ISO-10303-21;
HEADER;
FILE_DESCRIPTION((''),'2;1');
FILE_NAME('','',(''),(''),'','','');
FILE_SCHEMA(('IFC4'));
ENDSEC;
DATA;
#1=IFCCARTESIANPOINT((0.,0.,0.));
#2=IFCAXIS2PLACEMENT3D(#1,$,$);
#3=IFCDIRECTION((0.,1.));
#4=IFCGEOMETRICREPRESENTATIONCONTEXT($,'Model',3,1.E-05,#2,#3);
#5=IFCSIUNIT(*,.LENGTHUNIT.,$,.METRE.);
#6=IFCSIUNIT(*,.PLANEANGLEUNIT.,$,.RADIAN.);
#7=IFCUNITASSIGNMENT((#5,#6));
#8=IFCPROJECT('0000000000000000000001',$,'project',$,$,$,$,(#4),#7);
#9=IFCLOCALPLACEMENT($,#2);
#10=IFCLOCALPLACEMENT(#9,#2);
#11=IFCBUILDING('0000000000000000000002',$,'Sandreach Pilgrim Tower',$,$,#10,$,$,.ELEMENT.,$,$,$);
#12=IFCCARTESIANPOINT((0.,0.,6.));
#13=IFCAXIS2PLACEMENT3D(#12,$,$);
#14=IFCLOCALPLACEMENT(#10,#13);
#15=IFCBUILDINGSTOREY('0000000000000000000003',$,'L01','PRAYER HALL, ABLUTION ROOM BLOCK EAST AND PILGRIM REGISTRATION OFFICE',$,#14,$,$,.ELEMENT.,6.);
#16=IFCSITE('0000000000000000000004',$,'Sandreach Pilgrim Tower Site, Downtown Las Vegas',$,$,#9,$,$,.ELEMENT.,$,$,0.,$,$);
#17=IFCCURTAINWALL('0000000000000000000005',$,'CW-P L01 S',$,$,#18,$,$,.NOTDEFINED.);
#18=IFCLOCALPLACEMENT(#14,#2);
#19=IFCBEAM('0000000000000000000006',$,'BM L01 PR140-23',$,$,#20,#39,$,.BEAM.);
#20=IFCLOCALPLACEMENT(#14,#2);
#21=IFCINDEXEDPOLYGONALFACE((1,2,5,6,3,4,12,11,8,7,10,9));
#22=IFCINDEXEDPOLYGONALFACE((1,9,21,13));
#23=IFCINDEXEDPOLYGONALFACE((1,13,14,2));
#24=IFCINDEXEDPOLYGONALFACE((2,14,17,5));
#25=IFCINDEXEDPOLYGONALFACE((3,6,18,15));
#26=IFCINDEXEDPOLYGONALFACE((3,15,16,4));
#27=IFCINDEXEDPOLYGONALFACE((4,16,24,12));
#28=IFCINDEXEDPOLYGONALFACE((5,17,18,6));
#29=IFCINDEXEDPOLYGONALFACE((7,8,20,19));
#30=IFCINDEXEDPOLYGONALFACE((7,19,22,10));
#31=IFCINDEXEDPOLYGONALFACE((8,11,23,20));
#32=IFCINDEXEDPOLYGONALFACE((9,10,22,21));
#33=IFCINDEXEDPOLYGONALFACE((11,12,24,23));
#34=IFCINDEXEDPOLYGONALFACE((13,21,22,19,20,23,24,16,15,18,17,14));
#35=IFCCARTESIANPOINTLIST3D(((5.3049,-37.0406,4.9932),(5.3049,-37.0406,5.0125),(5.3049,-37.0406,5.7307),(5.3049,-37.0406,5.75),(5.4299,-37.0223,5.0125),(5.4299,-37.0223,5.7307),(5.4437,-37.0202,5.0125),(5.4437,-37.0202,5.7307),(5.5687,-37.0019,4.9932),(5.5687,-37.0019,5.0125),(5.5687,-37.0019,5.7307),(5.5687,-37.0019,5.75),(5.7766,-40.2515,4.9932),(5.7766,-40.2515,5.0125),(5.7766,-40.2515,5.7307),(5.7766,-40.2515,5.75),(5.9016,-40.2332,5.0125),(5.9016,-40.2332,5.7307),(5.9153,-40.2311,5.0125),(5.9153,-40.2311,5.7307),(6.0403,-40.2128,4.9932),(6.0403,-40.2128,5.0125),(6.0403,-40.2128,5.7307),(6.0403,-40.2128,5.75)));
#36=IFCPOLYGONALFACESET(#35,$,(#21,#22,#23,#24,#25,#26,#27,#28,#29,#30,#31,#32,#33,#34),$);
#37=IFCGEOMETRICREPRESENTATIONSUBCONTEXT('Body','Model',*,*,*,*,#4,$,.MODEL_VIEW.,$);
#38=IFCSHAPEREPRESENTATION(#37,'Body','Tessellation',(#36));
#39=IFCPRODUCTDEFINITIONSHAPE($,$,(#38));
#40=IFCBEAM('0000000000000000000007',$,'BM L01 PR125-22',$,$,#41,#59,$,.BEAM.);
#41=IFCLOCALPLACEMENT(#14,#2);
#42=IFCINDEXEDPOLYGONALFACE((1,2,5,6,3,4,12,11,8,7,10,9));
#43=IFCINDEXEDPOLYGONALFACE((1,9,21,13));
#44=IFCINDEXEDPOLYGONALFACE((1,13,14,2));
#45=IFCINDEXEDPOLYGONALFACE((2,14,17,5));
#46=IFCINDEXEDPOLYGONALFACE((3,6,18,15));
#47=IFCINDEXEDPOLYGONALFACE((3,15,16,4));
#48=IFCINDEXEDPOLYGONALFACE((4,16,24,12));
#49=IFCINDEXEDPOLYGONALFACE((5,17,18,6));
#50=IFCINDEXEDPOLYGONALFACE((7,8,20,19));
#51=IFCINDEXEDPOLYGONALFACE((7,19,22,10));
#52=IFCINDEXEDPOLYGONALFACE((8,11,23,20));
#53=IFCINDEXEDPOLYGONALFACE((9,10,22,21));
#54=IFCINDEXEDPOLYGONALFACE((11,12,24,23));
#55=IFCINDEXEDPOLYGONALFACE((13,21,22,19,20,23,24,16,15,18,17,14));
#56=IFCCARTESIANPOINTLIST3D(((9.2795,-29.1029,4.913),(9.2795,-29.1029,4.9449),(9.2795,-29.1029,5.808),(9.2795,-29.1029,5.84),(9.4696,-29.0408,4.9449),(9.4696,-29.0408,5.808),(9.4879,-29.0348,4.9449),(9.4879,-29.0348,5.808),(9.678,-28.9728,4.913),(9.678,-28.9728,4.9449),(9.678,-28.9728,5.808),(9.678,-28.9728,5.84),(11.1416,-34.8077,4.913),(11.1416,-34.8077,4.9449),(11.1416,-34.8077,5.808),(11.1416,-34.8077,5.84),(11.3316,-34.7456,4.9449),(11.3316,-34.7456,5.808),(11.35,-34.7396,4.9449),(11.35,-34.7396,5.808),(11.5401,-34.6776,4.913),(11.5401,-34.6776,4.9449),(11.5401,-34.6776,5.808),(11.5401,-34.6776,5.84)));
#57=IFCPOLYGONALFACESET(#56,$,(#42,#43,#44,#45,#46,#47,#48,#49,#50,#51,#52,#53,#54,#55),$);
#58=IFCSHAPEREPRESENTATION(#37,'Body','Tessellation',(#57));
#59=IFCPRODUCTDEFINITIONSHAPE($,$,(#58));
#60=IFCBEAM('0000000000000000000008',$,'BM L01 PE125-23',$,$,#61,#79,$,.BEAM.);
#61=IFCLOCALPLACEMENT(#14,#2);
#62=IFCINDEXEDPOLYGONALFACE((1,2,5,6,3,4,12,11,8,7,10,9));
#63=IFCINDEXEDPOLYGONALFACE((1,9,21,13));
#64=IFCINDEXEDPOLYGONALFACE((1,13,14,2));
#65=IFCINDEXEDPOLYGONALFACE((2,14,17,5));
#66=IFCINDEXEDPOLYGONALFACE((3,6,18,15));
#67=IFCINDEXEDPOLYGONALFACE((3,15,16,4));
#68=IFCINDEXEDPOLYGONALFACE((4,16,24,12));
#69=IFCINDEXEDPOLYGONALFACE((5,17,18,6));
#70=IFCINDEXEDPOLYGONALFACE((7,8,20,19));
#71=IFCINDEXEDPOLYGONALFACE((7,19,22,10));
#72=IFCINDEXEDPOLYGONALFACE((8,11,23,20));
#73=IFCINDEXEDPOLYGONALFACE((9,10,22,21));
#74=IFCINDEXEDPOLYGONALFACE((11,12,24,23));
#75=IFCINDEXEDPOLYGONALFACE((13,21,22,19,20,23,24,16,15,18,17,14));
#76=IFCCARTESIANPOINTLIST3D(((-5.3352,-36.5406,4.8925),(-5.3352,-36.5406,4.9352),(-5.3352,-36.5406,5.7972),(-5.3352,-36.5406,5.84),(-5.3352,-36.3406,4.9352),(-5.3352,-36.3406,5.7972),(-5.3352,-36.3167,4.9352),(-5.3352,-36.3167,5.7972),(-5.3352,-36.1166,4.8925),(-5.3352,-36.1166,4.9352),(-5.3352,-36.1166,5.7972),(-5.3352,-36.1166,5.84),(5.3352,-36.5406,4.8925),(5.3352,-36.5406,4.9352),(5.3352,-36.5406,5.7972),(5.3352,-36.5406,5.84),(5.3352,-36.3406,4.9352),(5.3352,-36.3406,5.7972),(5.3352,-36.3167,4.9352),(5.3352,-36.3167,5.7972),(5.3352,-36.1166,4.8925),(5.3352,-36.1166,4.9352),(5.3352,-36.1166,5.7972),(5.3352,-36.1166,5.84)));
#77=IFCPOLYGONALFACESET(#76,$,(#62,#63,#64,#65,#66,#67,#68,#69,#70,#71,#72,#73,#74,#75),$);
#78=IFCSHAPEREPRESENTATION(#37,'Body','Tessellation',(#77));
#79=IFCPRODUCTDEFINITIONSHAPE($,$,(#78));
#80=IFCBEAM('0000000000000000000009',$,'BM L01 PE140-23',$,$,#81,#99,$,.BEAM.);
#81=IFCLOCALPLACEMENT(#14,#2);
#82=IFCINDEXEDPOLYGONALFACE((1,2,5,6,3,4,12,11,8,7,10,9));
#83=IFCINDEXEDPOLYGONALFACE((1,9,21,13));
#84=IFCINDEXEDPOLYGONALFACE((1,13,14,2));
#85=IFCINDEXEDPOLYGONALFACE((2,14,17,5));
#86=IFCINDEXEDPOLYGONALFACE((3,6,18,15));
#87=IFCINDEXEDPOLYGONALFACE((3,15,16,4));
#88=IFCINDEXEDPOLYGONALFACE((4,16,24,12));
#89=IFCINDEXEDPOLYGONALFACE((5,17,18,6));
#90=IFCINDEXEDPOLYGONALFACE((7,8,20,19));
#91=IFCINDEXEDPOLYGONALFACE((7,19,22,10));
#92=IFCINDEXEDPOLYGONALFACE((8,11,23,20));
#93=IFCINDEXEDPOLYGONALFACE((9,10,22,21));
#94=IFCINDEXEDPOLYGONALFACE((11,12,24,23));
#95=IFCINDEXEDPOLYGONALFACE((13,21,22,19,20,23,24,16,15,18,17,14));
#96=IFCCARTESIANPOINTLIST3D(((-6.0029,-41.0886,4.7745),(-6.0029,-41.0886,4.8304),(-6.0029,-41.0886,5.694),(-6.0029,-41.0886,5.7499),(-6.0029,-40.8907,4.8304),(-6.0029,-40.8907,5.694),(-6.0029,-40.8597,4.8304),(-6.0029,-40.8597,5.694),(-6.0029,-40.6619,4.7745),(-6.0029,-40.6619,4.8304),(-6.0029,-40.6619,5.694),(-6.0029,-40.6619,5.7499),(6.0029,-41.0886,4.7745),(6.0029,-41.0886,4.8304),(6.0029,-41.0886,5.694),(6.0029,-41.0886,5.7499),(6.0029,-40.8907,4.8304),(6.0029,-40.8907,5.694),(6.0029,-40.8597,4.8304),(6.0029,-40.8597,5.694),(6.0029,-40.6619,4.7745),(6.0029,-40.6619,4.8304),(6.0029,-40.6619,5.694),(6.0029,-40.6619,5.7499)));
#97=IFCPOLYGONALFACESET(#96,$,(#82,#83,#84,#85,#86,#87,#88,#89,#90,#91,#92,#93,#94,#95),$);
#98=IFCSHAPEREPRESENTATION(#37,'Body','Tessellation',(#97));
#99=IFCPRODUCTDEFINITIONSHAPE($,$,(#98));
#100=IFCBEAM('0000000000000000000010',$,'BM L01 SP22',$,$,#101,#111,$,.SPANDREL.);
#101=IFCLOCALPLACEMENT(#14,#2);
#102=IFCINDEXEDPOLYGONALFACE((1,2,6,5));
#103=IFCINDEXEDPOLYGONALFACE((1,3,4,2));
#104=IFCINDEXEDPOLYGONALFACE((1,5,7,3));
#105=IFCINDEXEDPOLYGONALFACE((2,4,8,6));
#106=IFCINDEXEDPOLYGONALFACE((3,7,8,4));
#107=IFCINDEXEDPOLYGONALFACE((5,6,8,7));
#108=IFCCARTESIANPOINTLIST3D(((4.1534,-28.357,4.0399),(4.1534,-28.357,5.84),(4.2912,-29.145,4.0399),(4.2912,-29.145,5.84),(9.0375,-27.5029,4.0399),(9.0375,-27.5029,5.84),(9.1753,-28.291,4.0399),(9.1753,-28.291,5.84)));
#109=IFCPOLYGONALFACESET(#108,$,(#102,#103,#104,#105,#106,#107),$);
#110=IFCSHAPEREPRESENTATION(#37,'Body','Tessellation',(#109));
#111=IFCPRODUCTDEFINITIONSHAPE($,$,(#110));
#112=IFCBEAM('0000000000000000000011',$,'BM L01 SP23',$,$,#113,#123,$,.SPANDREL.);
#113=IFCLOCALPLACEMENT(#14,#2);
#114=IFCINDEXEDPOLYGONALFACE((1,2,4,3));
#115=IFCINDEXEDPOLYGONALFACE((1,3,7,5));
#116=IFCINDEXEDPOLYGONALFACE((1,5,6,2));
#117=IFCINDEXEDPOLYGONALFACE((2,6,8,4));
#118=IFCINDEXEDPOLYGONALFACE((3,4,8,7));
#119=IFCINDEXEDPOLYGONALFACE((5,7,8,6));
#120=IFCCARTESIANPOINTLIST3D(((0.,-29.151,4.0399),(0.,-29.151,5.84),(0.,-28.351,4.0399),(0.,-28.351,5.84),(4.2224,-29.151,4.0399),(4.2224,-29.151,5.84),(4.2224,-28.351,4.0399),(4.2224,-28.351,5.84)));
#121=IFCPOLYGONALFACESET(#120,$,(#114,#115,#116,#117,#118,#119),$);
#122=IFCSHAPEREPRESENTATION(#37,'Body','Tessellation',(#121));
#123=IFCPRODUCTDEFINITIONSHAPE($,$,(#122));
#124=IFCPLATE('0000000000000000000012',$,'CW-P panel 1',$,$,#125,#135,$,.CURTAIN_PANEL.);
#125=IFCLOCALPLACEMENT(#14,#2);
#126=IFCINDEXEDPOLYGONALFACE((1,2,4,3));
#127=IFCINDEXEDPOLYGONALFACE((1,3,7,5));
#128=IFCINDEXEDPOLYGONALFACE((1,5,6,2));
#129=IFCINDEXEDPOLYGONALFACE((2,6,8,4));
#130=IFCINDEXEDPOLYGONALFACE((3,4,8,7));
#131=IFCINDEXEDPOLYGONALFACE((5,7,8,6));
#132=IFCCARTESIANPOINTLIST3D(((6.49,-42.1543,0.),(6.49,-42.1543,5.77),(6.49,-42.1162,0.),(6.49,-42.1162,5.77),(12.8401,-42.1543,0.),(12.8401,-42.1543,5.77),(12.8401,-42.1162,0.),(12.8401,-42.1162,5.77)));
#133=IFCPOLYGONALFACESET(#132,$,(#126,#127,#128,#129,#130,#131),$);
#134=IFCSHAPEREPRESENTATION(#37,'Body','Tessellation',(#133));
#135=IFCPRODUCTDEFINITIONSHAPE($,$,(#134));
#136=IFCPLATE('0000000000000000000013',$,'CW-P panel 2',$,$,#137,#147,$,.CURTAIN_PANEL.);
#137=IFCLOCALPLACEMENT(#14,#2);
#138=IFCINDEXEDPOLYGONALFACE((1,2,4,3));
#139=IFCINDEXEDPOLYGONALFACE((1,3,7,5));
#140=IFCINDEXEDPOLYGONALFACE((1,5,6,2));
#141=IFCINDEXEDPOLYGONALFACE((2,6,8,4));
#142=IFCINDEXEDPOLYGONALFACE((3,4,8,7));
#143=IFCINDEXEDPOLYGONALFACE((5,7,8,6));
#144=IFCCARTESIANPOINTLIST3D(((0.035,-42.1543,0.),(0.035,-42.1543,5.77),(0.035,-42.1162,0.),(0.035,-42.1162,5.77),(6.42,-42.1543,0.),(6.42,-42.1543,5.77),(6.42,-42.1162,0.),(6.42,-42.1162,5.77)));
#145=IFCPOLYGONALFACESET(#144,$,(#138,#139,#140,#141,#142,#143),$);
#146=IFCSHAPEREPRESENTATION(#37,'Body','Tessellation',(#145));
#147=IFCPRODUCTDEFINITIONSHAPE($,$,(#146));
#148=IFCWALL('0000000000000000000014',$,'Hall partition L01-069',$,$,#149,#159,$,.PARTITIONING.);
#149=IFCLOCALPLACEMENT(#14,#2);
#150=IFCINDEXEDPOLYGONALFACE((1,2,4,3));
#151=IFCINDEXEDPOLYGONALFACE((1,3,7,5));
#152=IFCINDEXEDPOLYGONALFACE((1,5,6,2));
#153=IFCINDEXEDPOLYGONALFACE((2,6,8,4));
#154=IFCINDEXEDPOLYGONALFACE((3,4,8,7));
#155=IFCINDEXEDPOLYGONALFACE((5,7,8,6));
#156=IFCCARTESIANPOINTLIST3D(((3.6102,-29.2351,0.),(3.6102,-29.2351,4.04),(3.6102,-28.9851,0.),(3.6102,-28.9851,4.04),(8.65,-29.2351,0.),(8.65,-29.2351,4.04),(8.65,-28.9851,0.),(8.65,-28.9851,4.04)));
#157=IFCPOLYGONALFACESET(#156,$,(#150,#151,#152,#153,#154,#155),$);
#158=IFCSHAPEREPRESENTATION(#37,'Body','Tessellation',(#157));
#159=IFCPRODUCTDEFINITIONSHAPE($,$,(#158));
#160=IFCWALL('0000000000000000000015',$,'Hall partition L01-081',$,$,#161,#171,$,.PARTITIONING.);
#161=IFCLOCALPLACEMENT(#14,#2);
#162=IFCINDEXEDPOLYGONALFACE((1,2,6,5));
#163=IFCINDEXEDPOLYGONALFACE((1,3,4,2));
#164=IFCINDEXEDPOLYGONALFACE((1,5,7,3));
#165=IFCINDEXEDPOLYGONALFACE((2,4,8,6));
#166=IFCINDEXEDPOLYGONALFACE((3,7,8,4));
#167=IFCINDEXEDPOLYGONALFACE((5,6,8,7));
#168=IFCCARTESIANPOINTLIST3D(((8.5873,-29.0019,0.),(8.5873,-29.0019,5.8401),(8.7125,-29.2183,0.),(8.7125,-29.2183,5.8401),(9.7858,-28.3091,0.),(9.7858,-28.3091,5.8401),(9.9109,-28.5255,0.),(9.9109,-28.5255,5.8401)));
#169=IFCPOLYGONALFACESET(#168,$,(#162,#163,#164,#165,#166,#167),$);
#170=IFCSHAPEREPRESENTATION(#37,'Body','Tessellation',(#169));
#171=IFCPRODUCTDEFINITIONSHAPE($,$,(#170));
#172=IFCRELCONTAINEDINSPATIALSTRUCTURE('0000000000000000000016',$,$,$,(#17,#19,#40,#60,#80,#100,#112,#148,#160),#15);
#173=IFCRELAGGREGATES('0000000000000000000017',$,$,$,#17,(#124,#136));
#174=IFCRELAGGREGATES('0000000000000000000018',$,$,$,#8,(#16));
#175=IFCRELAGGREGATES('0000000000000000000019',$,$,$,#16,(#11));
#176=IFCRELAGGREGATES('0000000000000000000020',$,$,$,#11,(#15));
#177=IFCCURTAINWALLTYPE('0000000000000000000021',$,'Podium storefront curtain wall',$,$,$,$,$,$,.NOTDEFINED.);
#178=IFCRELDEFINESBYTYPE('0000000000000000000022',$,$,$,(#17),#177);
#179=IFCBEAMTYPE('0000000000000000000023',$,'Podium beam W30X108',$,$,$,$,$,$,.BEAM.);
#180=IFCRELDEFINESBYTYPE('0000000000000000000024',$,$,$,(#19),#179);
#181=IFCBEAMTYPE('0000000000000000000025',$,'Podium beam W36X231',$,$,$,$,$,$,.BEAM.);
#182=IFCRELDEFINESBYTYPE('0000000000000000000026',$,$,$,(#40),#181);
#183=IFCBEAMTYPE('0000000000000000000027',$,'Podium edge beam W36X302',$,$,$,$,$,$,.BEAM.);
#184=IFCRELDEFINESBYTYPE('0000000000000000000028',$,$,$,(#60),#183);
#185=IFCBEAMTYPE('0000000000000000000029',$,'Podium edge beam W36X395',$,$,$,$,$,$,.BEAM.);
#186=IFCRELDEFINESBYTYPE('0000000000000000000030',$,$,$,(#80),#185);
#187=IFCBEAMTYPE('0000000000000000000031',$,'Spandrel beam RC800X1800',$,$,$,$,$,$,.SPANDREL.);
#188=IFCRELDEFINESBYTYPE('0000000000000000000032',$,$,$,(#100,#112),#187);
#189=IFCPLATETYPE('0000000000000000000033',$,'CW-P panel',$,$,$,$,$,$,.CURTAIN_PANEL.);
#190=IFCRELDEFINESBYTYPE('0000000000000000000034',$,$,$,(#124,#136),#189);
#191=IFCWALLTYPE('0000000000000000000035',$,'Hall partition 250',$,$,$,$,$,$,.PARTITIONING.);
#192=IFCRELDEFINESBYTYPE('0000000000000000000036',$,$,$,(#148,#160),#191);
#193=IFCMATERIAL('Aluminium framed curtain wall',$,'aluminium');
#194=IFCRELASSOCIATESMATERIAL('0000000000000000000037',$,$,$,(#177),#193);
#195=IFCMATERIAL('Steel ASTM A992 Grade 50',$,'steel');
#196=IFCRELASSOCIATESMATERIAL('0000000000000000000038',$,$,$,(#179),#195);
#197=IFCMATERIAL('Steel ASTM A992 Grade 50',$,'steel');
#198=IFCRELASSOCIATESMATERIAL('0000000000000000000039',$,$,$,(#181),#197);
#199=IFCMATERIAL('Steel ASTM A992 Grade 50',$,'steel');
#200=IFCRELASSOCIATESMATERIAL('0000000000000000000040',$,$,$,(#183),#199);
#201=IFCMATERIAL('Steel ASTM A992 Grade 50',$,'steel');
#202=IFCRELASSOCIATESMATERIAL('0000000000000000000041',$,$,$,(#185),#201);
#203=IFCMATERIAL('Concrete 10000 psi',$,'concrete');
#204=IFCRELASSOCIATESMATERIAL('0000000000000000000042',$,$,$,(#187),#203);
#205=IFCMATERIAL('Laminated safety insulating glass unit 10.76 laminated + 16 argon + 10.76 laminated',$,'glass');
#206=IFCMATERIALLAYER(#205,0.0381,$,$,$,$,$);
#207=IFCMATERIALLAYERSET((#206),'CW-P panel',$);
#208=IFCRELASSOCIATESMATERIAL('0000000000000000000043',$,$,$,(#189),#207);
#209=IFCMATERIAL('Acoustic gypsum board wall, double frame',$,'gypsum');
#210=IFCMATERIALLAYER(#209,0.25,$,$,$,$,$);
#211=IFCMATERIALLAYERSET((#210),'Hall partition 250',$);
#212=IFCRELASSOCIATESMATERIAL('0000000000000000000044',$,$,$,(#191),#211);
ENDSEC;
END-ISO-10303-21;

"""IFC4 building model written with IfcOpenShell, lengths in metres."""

from ifc_helpers import new_model, si_unit, direction, frame, frame_2d, origin, origin_2d, place, context, subcontext, project, spatial, rectangle, i_section, extrude, material, layer, layer_set, material_profile, profile_set, type_object, element, aggregate, save


model = new_model("IFC4")

# Units and contexts
model_context = context("Model", 3, precision=1e-05, world=origin(), true_north=direction((0.0, 1.0)))
body_context = subcontext(model_context, "Body", "Model", "MODEL_VIEW")
ifc_project = project(units=[si_unit("LENGTHUNIT", "METRE"), si_unit("PLANEANGLEUNIT", "RADIAN")], contexts=[model_context])

# Site, building, storey
site_placement = place(None, origin())
site = spatial("IfcSite", under=ifc_project, at=site_placement, Name="Sandreach Pilgrim Tower Site, Downtown Las Vegas", CompositionType="ELEMENT", RefElevation=0.0)
building_placement = place(site_placement, origin())
building = spatial("IfcBuilding", under=site, at=building_placement, Name="Sandreach Pilgrim Tower", CompositionType="ELEMENT")
storey_placement = place(building_placement, frame((0.0, 0.0, 6.0)))
storey = spatial("IfcBuildingStorey", under=building, at=storey_placement, Name="L01", Description="PRAYER HALL, ABLUTION ROOM BLOCK EAST AND PILGRIM REGISTRATION OFFICE", CompositionType="ELEMENT", Elevation=6.0)

# Curtain wall
ifc_material_1 = material(Name="Aluminium framed curtain wall", Category="aluminium")
curtain_wall_type = type_object("IfcCurtainWallType", Name="Podium storefront curtain wall", PredefinedType="NOTDEFINED", material=ifc_material_1)
curtain_wall_placement = place(storey_placement, origin())
curtain_wall = element("IfcCurtainWall", 1, at=curtain_wall_placement, inside=storey, type_object=curtain_wall_type, Name="CW-P L01 S", PredefinedType="NOTDEFINED")

# Beams
ifc_material_2 = material(Name="Steel ASTM A992 Grade 50", Category="steel")
ifc_material_profile_1 = material_profile(ifc_material_2, i_section(OverallWidth=0.2666, OverallDepth=0.7568, WebThickness=0.0139, FlangeThickness=0.0193, at=origin_2d()), Name="W30X108")
ifc_profile_set_1 = profile_set([ifc_material_profile_1], Name="Steel ASTM A992 Grade 50")
beam_type_1 = type_object("IfcBeamType", Name="Podium beam W30X108", PredefinedType="BEAM", material=ifc_profile_set_1)
beam_1_placement = place(storey_placement, frame((5.4368, -37.0212, 5.3716), z_axis=(0.145338, -0.989382, 0.0), x_axis=(0.989382, 0.145338, 0.0)))
element("IfcBeam", 2, at=beam_1_placement, inside=storey, type_object=beam_type_1, Name="BM L01 PR140-23", PredefinedType="BEAM", context=body_context, shape_type="SweptSolid", body=[
    extrude(i_section(OverallWidth=0.2666, OverallDepth=0.7568, WebThickness=0.0139, FlangeThickness=0.0193, at=origin_2d()), origin(), (0.0, 0.0, 1.0), 3.2454),
])
ifc_material_3 = material(Name="Steel ASTM A992 Grade 50", Category="steel")
ifc_material_profile_2 = material_profile(ifc_material_3, i_section(OverallWidth=0.4192, OverallDepth=0.927, WebThickness=0.0193, FlangeThickness=0.032, at=origin_2d()), Name="W36X231")
ifc_profile_set_2 = profile_set([ifc_material_profile_2], Name="Steel ASTM A992 Grade 50")
beam_type_2 = type_object("IfcBeamType", Name="Podium beam W36X231", PredefinedType="BEAM", material=ifc_profile_set_2)
beam_2_placement = place(storey_placement, frame((9.4788, -29.0378, 5.3765), z_axis=(0.31029, -0.950642, 0.0), x_axis=(0.950642, 0.31029, 0.0)))
element("IfcBeam", 3, at=beam_2_placement, inside=storey, type_object=beam_type_2, Name="BM L01 PR125-22", PredefinedType="BEAM", context=body_context, shape_type="SweptSolid", body=[
    extrude(i_section(OverallWidth=0.4192, OverallDepth=0.927, WebThickness=0.0193, FlangeThickness=0.032, at=origin_2d()), origin(), (0.0, 0.0, 1.0), 6.001),
])
ifc_material_4 = material(Name="Steel ASTM A992 Grade 50", Category="steel")
ifc_material_profile_3 = material_profile(ifc_material_4, i_section(OverallWidth=0.4241, OverallDepth=0.9475, WebThickness=0.0239, FlangeThickness=0.0427, at=origin_2d()), Name="W36X302")
ifc_profile_set_3 = profile_set([ifc_material_profile_3], Name="Steel ASTM A992 Grade 50")
beam_type_3 = type_object("IfcBeamType", Name="Podium edge beam W36X302", PredefinedType="BEAM", material=ifc_profile_set_3)
beam_3_placement = place(storey_placement, frame((5.3352, -36.3286, 5.3662), z_axis=(-1.0, 0.0, 0.0), x_axis=(0.0, -1.0, 0.0)))
element("IfcBeam", 4, at=beam_3_placement, inside=storey, type_object=beam_type_3, Name="BM L01 PE125-23", PredefinedType="BEAM", context=body_context, shape_type="SweptSolid", body=[
    extrude(i_section(OverallWidth=0.4241, OverallDepth=0.9475, WebThickness=0.0239, FlangeThickness=0.0427, at=origin_2d()), origin(), (0.0, 0.0, 1.0), 10.6704),
])
ifc_material_5 = material(Name="Steel ASTM A992 Grade 50", Category="steel")
ifc_material_profile_4 = material_profile(ifc_material_5, i_section(OverallWidth=0.4268, OverallDepth=0.9753, WebThickness=0.031, FlangeThickness=0.0559, at=origin_2d()), Name="W36X395")
ifc_profile_set_4 = profile_set([ifc_material_profile_4], Name="Steel ASTM A992 Grade 50")
beam_type_4 = type_object("IfcBeamType", Name="Podium edge beam W36X395", PredefinedType="BEAM", material=ifc_profile_set_4)
beam_4_placement = place(storey_placement, frame((6.0029, -40.8752, 5.2622), z_axis=(-1.0, 0.0, 0.0), x_axis=(0.0, -1.0, 0.0)))
element("IfcBeam", 5, at=beam_4_placement, inside=storey, type_object=beam_type_4, Name="BM L01 PE140-23", PredefinedType="BEAM", context=body_context, shape_type="SweptSolid", body=[
    extrude(i_section(OverallWidth=0.4268, OverallDepth=0.9753, WebThickness=0.031, FlangeThickness=0.0559, at=origin_2d()), origin(), (0.0, 0.0, 1.0), 12.0059),
])
ifc_material_6 = material(Name="Concrete 10000 psi", Category="concrete")
ifc_material_profile_5 = material_profile(ifc_material_6, rectangle(XDim=0.8, YDim=1.8, at=origin_2d()), Name="RC800X1800")
ifc_profile_set_5 = profile_set([ifc_material_profile_5], Name="Concrete 10000 psi")
beam_type_5 = type_object("IfcBeamType", Name="Spandrel beam RC800X1800", PredefinedType="SPANDREL", material=ifc_profile_set_5)
beam_5_placement = place(storey_placement, frame((9.1064, -27.897, 4.9399), z_axis=(-0.985054, -0.172243, 0.0), x_axis=(0.172243, -0.985054, 0.0)))
element("IfcBeam", 6, at=beam_5_placement, inside=storey, type_object=beam_type_5, Name="BM L01 SP22", PredefinedType="SPANDREL", context=body_context, shape_type="SweptSolid", body=[
    extrude(rectangle(XDim=0.8, YDim=1.8, at=origin_2d()), origin(), (0.0, 0.0, 1.0), 4.9583),
])
beam_6_placement = place(storey_placement, frame((4.2224, -28.751, 4.9399), z_axis=(-1.0, 0.0, 0.0), x_axis=(0.0, -1.0, 0.0)))
element("IfcBeam", 7, at=beam_6_placement, inside=storey, type_object=beam_type_5, Name="BM L01 SP23", PredefinedType="SPANDREL", context=body_context, shape_type="SweptSolid", body=[
    extrude(rectangle(XDim=0.8, YDim=1.8, at=origin_2d()), origin(), (0.0, 0.0, 1.0), 4.2224),
])

# Plates
ifc_material_7 = material(Name="Laminated safety insulating glass unit 10.76 laminated + 16 argon + 10.76 laminated", Category="glass")
ifc_layer_1 = layer(ifc_material_7, 0.0381)
ifc_layer_set_1 = layer_set([ifc_layer_1], Name="CW-P panel")
plate_type = type_object("IfcPlateType", Name="CW-P panel", PredefinedType="CURTAIN_PANEL", material=ifc_layer_set_1)
plate_1_placement = place(storey_placement, frame((9.665, -42.1353, 0.0), z_axis=(0.0, 0.0, 1.0), x_axis=(-1.0, 0.0, 0.0)))
plate_1 = element("IfcPlate", 8, at=plate_1_placement, type_object=plate_type, Name="CW-P panel 1", PredefinedType="CURTAIN_PANEL", context=body_context, shape_type="SweptSolid", body=[
    extrude(rectangle(XDim=6.3501, YDim=0.0381, at=origin_2d()), origin(), (0.0, 0.0, 1.0), 5.77),
])
plate_2_placement = place(storey_placement, frame((3.2275, -42.1353, 0.0), z_axis=(0.0, 0.0, 1.0), x_axis=(-1.0, 0.0, 0.0)))
plate_2 = element("IfcPlate", 9, at=plate_2_placement, type_object=plate_type, Name="CW-P panel 2", PredefinedType="CURTAIN_PANEL", context=body_context, shape_type="SweptSolid", body=[
    extrude(rectangle(XDim=6.385, YDim=0.0381, at=origin_2d()), origin(), (0.0, 0.0, 1.0), 5.77),
])
aggregate(curtain_wall, [plate_1, plate_2])

# Walls
ifc_material_8 = material(Name="Acoustic gypsum board wall, double frame", Category="gypsum")
ifc_layer_2 = layer(ifc_material_8, 0.25)
ifc_layer_set_2 = layer_set([ifc_layer_2], Name="Hall partition 250")
wall_type_1 = type_object("IfcWallType", Name="Hall partition 250", PredefinedType="PARTITIONING", material=ifc_layer_set_2)
wall_1_placement = place(storey_placement, frame((3.6101, -29.1101, 0.0), z_axis=(0.0, 0.0, 1.0), x_axis=(1.0, 0.0, 0.0)))
element("IfcWall", 10, at=wall_1_placement, inside=storey, type_object=wall_type_1, Name="Hall partition L01-069", PredefinedType="PARTITIONING", context=body_context, shape_type="SweptSolid", body=[
    extrude(rectangle(XDim=5.0398, YDim=0.25, at=frame_2d((2.52, 0.0))), origin(), (0.0, 0.0, 1.0), 4.04),
])
wall_2_placement = place(storey_placement, frame((8.6499, -29.1101, 0.0), z_axis=(0.0, 0.0, 1.0), x_axis=(0.865736, 0.500501, 0.0)))
element("IfcWall", 11, at=wall_2_placement, inside=storey, type_object=wall_type_1, Name="Hall partition L01-081", PredefinedType="PARTITIONING", context=body_context, shape_type="SweptSolid", body=[
    extrude(rectangle(XDim=1.3843, YDim=0.25, at=frame_2d((0.6921, 0.0))), origin(), (0.0, 0.0, 1.0), 5.8401),
])

save(model, "model.ifc")
